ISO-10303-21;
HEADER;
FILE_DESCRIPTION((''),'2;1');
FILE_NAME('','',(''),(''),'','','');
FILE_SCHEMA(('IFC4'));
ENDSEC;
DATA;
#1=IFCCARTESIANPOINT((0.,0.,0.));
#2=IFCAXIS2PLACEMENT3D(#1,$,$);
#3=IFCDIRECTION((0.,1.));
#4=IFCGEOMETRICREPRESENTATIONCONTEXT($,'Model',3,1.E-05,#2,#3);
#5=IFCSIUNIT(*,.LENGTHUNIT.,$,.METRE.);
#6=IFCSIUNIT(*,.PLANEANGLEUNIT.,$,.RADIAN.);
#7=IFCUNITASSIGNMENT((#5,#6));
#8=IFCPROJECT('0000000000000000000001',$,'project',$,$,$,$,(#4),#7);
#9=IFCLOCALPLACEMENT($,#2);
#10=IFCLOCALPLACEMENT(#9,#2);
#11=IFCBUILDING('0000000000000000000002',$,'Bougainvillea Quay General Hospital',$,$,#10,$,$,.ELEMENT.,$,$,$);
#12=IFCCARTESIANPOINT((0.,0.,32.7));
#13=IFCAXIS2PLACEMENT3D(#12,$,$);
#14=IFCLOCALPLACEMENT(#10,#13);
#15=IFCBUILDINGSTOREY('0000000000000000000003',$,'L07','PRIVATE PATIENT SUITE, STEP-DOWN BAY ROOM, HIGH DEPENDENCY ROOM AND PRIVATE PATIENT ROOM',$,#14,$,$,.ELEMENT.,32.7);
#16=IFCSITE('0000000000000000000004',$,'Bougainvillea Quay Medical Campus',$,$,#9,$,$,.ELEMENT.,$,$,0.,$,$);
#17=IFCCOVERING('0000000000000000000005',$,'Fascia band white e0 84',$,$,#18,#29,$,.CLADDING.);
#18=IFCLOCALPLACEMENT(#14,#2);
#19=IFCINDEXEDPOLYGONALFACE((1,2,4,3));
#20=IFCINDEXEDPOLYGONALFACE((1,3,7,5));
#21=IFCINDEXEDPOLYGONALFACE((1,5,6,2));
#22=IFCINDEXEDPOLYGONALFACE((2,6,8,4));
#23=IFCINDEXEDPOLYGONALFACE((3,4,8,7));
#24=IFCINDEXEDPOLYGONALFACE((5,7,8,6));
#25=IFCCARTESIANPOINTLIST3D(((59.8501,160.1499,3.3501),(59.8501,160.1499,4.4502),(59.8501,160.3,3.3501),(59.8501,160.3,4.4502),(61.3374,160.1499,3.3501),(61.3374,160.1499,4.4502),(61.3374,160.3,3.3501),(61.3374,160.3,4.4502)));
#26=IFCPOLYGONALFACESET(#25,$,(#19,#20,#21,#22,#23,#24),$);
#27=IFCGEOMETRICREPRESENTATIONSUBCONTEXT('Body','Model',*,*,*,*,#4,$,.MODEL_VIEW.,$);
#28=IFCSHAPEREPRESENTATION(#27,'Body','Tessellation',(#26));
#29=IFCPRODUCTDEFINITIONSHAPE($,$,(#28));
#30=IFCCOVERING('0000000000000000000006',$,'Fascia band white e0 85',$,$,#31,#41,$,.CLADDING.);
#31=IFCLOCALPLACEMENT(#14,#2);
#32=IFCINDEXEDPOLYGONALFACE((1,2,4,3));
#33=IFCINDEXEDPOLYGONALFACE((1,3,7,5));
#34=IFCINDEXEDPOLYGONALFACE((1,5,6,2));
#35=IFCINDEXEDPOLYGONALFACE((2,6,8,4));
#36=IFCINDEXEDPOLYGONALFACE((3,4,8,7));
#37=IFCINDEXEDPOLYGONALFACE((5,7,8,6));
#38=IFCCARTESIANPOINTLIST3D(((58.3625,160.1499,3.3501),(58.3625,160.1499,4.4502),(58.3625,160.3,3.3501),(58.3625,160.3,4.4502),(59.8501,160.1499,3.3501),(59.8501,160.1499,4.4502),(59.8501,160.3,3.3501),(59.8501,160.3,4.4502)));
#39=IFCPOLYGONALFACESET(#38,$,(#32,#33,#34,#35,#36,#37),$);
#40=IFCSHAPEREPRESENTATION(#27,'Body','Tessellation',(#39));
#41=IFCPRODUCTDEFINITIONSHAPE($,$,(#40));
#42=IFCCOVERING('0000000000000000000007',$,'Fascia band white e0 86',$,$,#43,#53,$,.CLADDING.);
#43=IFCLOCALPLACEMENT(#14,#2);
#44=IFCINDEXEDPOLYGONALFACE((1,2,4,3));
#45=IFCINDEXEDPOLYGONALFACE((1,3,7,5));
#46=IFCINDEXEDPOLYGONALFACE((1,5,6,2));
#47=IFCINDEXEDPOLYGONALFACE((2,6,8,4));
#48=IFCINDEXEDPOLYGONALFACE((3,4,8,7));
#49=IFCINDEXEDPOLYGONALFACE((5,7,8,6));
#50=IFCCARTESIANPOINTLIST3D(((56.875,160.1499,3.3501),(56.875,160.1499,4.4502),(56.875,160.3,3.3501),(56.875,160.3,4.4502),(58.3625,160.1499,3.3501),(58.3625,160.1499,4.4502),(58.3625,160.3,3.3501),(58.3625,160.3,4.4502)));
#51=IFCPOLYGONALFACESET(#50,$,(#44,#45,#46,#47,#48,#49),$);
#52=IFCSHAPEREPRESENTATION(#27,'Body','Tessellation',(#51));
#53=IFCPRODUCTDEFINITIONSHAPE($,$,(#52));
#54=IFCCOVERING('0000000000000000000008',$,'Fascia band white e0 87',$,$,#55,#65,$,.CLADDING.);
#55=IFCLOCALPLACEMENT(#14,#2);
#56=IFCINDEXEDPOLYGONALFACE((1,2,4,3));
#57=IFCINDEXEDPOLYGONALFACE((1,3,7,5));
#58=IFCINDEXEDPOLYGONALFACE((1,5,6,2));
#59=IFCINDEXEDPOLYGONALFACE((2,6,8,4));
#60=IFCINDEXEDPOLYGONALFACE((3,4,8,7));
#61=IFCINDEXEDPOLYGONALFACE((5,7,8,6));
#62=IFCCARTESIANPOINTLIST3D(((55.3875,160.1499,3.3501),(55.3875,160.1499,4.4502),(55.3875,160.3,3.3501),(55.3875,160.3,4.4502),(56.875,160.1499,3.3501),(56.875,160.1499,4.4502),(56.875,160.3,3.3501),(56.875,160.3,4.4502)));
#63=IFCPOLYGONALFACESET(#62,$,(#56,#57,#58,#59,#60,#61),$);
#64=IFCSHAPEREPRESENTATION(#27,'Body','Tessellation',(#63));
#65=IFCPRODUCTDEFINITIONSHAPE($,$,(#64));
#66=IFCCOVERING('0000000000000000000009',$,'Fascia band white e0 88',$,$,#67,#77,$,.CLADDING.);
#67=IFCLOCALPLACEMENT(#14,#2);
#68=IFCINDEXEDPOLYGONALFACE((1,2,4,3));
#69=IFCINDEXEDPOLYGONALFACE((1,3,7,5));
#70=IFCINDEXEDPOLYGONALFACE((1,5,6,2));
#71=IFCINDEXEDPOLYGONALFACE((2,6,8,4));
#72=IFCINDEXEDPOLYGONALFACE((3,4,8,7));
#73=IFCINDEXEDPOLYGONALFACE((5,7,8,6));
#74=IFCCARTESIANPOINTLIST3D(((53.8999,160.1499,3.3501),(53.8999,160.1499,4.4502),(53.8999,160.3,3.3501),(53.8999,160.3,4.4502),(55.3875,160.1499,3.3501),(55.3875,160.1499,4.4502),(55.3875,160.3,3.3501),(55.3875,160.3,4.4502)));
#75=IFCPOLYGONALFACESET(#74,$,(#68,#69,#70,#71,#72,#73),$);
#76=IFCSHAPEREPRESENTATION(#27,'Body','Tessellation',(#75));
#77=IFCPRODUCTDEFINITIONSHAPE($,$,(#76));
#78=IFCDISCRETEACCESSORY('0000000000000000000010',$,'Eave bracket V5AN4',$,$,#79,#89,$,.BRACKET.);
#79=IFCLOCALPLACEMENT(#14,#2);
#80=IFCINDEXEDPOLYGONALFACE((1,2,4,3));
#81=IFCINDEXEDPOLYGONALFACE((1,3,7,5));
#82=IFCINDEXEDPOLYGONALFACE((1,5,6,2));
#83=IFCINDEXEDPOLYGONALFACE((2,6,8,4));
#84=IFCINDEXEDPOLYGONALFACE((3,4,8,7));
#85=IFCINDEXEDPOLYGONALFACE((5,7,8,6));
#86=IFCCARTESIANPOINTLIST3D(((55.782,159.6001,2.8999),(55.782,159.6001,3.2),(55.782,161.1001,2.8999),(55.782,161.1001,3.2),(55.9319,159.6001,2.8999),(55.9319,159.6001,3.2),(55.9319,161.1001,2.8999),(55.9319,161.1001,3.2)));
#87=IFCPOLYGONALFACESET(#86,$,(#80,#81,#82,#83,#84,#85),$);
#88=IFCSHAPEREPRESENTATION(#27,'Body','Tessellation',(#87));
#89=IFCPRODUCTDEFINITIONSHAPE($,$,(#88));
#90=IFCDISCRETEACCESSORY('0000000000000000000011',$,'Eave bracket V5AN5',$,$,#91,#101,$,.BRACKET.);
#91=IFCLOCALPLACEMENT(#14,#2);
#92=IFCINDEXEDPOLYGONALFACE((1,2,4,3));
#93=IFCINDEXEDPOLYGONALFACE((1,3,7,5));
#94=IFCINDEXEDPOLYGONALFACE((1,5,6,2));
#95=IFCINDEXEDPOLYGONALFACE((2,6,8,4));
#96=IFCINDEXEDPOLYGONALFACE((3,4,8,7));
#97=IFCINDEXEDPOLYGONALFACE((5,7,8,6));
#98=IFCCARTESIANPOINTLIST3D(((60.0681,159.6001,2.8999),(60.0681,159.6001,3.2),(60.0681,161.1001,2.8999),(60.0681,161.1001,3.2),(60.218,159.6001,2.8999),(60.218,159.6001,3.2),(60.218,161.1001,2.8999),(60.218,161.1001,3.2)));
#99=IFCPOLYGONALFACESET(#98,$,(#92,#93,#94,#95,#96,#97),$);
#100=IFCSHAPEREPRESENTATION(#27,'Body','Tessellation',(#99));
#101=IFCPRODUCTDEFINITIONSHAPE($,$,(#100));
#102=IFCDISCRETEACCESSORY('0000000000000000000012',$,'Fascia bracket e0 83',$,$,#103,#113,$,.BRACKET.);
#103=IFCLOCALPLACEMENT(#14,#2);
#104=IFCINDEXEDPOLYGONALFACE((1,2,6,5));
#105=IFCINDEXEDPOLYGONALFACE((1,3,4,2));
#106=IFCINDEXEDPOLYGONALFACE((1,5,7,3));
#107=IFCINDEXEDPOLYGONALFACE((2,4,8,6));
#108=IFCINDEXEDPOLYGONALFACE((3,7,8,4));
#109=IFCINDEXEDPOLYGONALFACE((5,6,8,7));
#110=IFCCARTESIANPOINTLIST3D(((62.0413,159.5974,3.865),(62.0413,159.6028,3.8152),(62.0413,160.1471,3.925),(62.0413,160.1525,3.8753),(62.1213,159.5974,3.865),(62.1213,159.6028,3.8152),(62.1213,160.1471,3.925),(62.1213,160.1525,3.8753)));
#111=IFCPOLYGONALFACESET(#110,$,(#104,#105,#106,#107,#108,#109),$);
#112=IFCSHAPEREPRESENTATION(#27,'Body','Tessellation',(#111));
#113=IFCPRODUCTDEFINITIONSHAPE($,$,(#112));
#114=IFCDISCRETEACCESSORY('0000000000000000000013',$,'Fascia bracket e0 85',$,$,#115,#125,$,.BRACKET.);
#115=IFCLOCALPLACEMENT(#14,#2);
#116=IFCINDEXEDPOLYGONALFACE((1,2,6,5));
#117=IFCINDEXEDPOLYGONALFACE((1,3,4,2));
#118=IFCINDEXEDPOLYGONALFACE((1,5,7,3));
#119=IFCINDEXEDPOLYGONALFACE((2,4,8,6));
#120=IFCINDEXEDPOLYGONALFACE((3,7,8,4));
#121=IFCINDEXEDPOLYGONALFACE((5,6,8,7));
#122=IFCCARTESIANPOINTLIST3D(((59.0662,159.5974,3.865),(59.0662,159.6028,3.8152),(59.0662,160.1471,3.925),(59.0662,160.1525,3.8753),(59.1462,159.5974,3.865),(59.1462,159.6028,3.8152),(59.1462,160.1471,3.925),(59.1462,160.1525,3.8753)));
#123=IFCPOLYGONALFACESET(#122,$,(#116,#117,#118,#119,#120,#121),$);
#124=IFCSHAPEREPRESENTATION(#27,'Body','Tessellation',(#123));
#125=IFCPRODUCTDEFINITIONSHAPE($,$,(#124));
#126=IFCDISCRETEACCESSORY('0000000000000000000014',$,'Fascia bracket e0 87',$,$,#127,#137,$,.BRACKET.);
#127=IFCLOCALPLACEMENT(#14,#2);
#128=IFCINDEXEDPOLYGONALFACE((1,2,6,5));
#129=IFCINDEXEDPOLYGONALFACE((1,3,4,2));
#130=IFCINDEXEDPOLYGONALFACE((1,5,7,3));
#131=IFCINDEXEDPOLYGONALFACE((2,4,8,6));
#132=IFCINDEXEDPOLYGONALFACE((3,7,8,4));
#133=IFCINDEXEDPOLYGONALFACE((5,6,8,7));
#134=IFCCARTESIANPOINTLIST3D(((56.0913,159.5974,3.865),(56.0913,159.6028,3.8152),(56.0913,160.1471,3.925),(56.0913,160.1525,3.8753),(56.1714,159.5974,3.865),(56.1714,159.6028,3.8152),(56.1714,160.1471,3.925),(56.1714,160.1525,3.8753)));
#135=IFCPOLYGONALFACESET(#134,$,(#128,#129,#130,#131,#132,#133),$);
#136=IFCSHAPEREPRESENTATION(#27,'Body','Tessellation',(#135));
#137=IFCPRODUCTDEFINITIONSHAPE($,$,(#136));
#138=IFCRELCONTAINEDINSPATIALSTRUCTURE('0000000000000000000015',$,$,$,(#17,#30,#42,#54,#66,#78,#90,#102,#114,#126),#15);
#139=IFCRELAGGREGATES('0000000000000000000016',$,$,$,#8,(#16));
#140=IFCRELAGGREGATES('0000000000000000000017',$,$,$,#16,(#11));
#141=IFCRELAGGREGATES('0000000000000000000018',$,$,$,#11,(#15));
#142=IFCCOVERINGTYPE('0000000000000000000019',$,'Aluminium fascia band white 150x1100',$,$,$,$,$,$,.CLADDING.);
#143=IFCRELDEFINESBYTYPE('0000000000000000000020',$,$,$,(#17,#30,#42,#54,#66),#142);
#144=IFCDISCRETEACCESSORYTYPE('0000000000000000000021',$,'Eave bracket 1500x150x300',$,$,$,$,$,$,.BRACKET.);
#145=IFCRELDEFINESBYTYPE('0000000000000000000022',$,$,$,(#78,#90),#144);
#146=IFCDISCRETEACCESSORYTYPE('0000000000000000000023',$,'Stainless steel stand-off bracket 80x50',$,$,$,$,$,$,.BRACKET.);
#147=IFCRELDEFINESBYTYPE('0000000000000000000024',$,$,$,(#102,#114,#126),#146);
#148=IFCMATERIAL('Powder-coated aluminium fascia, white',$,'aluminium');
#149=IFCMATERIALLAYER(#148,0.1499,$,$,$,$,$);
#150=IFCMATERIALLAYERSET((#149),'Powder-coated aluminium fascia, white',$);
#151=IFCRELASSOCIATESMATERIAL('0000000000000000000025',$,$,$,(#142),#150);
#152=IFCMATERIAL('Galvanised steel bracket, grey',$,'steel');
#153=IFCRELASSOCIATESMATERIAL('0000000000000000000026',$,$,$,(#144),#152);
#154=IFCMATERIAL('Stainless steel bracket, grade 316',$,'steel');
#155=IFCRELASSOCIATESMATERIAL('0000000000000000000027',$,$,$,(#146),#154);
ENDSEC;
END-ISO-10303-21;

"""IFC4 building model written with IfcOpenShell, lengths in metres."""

from ifc_helpers import new_model, si_unit, direction, frame, origin, origin_2d, place, context, subcontext, project, spatial, polyline, rectangle, outline, extrude, material, layer, layer_set, material_profile, profile_set, type_object, element, save


model = new_model("IFC4")

# Units and contexts
model_context = context("Model", 3, precision=1e-05, world=origin(), true_north=direction((0.0, 1.0)))
body_context = subcontext(model_context, "Body", "Model", "MODEL_VIEW")
ifc_project = project(units=[si_unit("LENGTHUNIT", "METRE"), si_unit("PLANEANGLEUNIT", "RADIAN")], contexts=[model_context])

# Site, building, storey
site_placement = place(None, origin())
site = spatial("IfcSite", under=ifc_project, at=site_placement, Name="Bougainvillea Quay Medical Campus", CompositionType="ELEMENT", RefElevation=0.0)
building_placement = place(site_placement, origin())
building = spatial("IfcBuilding", under=site, at=building_placement, Name="Bougainvillea Quay General Hospital", CompositionType="ELEMENT")
storey_placement = place(building_placement, frame((0.0, 0.0, 32.7)))
storey = spatial("IfcBuildingStorey", under=building, at=storey_placement, Name="L07", Description="PRIVATE PATIENT SUITE, STEP-DOWN BAY ROOM, HIGH DEPENDENCY ROOM AND PRIVATE PATIENT ROOM", CompositionType="ELEMENT", Elevation=32.7)

# Coverings
ifc_material_1 = material(Name="Powder-coated aluminium fascia, white", Category="aluminium")
ifc_layer_1 = layer(ifc_material_1, 0.1499)
ifc_layer_set_1 = layer_set([ifc_layer_1], Name="Powder-coated aluminium fascia, white")
covering_type = type_object("IfcCoveringType", Name="Aluminium fascia band white 150x1100", PredefinedType="CLADDING", material=ifc_layer_set_1)
covering_1_placement = place(storey_placement, frame((61.3374, 160.1499, 3.3501), z_axis=(0.0, 0.0, 1.0), x_axis=(-1.0, 0.0, 0.0)))
element("IfcCovering", 1, at=covering_1_placement, inside=storey, type_object=covering_type, Name="Fascia band white e0 84", PredefinedType="CLADDING", context=body_context, shape_type="SweptSolid", body=[
    extrude(outline(polyline([(0.0, 0.0), (1.4873, 0.0), (1.4873, -0.1501), (0.0, -0.1501), (0.0, 0.0)])), origin(), (0.0, 0.0, 1.0), 1.1001),
])
for number, where, z_axis, x_axis, name in (
    (2, (59.8501, 160.1499, 3.3501), (0.0, 0.0, 1.0), (-1.0, 0.0, 0.0), "Fascia band white e0 85"),
    (3, (58.3625, 160.1499, 3.3501), (0.0, 0.0, 1.0), (-1.0, 0.0, 0.0), "Fascia band white e0 86"),
    (4, (56.875, 160.1499, 3.3501), (0.0, 0.0, 1.0), (-1.0, 0.0, 0.0), "Fascia band white e0 87"),
    (5, (55.3875, 160.1499, 3.3501), (0.0, 0.0, 1.0), (-1.0, 0.0, 0.0), "Fascia band white e0 88"),
):
    element("IfcCovering", number, at=place(storey_placement, frame(where, z_axis=z_axis, x_axis=x_axis)), inside=storey, type_object=covering_type, Name=name, PredefinedType="CLADDING", context=body_context, shape_type="SweptSolid", body=[
        extrude(outline(polyline([(0.0, 0.0), (1.4875, 0.0), (1.4875, -0.1501), (0.0, -0.1501), (0.0, 0.0)])), origin(), (0.0, 0.0, 1.0), 1.1001),
    ])

# Discrete accessories
ifc_material_2 = material(Name="Galvanised steel bracket, grey", Category="steel")
discrete_accessory_type_1 = type_object("IfcDiscreteAccessoryType", Name="Eave bracket 1500x150x300", PredefinedType="BRACKET", material=ifc_material_2)
for number, where, z_axis, x_axis, name in (
    (6, (55.8569, 160.3501, 2.8999), (0.0, 0.0, 1.0), (1.0, 0.0, 0.0), "Eave bracket V5AN4"),
    (7, (60.1431, 160.3501, 2.8999), (0.0, 0.0, 1.0), (1.0, 0.0, 0.0), "Eave bracket V5AN5"),
):
    element("IfcDiscreteAccessory", number, at=place(storey_placement, frame(where, z_axis=z_axis, x_axis=x_axis)), inside=storey, type_object=discrete_accessory_type_1, Name=name, PredefinedType="BRACKET", context=body_context, shape_type="SweptSolid", body=[
        extrude(rectangle(XDim=0.1499, YDim=1.5, at=origin_2d()), origin(), (0.0, 0.0, 1.0), 0.3),
    ])
ifc_material_3 = material(Name="Stainless steel bracket, grade 316", Category="steel")
ifc_material_profile_1 = material_profile(ifc_material_3, rectangle(XDim=0.0801, YDim=0.05, at=origin_2d()))
ifc_profile_set_1 = profile_set([ifc_material_profile_1], Name="Stainless steel bracket, grade 316")
discrete_accessory_type_2 = type_object("IfcDiscreteAccessoryType", Name="Stainless steel stand-off bracket 80x50", PredefinedType="BRACKET", material=ifc_profile_set_1)
for number, where, z_axis, x_axis, name in (
    (8, (62.0813, 159.6001, 3.8401), (0.0, 0.994087, 0.10859), (-1.0, 0.0, 0.0), "Fascia bracket e0 83"),
    (9, (59.1062, 159.6001, 3.8401), (0.0, 0.994087, 0.10859), (-1.0, 0.0, 0.0), "Fascia bracket e0 85"),
    (10, (56.1313, 159.6001, 3.8401), (0.0, 0.994087, 0.10859), (-1.0, 0.0, 0.0), "Fascia bracket e0 87"),
):
    element("IfcDiscreteAccessory", number, at=place(storey_placement, frame(where, z_axis=z_axis, x_axis=x_axis)), inside=storey, type_object=discrete_accessory_type_2, Name=name, PredefinedType="BRACKET", context=body_context, shape_type="SweptSolid", body=[
        extrude(rectangle(XDim=0.0801, YDim=0.05, at=origin_2d()), origin(), (0.0, 0.0, 1.0), 0.553),
    ])

save(model, "model.ifc")
